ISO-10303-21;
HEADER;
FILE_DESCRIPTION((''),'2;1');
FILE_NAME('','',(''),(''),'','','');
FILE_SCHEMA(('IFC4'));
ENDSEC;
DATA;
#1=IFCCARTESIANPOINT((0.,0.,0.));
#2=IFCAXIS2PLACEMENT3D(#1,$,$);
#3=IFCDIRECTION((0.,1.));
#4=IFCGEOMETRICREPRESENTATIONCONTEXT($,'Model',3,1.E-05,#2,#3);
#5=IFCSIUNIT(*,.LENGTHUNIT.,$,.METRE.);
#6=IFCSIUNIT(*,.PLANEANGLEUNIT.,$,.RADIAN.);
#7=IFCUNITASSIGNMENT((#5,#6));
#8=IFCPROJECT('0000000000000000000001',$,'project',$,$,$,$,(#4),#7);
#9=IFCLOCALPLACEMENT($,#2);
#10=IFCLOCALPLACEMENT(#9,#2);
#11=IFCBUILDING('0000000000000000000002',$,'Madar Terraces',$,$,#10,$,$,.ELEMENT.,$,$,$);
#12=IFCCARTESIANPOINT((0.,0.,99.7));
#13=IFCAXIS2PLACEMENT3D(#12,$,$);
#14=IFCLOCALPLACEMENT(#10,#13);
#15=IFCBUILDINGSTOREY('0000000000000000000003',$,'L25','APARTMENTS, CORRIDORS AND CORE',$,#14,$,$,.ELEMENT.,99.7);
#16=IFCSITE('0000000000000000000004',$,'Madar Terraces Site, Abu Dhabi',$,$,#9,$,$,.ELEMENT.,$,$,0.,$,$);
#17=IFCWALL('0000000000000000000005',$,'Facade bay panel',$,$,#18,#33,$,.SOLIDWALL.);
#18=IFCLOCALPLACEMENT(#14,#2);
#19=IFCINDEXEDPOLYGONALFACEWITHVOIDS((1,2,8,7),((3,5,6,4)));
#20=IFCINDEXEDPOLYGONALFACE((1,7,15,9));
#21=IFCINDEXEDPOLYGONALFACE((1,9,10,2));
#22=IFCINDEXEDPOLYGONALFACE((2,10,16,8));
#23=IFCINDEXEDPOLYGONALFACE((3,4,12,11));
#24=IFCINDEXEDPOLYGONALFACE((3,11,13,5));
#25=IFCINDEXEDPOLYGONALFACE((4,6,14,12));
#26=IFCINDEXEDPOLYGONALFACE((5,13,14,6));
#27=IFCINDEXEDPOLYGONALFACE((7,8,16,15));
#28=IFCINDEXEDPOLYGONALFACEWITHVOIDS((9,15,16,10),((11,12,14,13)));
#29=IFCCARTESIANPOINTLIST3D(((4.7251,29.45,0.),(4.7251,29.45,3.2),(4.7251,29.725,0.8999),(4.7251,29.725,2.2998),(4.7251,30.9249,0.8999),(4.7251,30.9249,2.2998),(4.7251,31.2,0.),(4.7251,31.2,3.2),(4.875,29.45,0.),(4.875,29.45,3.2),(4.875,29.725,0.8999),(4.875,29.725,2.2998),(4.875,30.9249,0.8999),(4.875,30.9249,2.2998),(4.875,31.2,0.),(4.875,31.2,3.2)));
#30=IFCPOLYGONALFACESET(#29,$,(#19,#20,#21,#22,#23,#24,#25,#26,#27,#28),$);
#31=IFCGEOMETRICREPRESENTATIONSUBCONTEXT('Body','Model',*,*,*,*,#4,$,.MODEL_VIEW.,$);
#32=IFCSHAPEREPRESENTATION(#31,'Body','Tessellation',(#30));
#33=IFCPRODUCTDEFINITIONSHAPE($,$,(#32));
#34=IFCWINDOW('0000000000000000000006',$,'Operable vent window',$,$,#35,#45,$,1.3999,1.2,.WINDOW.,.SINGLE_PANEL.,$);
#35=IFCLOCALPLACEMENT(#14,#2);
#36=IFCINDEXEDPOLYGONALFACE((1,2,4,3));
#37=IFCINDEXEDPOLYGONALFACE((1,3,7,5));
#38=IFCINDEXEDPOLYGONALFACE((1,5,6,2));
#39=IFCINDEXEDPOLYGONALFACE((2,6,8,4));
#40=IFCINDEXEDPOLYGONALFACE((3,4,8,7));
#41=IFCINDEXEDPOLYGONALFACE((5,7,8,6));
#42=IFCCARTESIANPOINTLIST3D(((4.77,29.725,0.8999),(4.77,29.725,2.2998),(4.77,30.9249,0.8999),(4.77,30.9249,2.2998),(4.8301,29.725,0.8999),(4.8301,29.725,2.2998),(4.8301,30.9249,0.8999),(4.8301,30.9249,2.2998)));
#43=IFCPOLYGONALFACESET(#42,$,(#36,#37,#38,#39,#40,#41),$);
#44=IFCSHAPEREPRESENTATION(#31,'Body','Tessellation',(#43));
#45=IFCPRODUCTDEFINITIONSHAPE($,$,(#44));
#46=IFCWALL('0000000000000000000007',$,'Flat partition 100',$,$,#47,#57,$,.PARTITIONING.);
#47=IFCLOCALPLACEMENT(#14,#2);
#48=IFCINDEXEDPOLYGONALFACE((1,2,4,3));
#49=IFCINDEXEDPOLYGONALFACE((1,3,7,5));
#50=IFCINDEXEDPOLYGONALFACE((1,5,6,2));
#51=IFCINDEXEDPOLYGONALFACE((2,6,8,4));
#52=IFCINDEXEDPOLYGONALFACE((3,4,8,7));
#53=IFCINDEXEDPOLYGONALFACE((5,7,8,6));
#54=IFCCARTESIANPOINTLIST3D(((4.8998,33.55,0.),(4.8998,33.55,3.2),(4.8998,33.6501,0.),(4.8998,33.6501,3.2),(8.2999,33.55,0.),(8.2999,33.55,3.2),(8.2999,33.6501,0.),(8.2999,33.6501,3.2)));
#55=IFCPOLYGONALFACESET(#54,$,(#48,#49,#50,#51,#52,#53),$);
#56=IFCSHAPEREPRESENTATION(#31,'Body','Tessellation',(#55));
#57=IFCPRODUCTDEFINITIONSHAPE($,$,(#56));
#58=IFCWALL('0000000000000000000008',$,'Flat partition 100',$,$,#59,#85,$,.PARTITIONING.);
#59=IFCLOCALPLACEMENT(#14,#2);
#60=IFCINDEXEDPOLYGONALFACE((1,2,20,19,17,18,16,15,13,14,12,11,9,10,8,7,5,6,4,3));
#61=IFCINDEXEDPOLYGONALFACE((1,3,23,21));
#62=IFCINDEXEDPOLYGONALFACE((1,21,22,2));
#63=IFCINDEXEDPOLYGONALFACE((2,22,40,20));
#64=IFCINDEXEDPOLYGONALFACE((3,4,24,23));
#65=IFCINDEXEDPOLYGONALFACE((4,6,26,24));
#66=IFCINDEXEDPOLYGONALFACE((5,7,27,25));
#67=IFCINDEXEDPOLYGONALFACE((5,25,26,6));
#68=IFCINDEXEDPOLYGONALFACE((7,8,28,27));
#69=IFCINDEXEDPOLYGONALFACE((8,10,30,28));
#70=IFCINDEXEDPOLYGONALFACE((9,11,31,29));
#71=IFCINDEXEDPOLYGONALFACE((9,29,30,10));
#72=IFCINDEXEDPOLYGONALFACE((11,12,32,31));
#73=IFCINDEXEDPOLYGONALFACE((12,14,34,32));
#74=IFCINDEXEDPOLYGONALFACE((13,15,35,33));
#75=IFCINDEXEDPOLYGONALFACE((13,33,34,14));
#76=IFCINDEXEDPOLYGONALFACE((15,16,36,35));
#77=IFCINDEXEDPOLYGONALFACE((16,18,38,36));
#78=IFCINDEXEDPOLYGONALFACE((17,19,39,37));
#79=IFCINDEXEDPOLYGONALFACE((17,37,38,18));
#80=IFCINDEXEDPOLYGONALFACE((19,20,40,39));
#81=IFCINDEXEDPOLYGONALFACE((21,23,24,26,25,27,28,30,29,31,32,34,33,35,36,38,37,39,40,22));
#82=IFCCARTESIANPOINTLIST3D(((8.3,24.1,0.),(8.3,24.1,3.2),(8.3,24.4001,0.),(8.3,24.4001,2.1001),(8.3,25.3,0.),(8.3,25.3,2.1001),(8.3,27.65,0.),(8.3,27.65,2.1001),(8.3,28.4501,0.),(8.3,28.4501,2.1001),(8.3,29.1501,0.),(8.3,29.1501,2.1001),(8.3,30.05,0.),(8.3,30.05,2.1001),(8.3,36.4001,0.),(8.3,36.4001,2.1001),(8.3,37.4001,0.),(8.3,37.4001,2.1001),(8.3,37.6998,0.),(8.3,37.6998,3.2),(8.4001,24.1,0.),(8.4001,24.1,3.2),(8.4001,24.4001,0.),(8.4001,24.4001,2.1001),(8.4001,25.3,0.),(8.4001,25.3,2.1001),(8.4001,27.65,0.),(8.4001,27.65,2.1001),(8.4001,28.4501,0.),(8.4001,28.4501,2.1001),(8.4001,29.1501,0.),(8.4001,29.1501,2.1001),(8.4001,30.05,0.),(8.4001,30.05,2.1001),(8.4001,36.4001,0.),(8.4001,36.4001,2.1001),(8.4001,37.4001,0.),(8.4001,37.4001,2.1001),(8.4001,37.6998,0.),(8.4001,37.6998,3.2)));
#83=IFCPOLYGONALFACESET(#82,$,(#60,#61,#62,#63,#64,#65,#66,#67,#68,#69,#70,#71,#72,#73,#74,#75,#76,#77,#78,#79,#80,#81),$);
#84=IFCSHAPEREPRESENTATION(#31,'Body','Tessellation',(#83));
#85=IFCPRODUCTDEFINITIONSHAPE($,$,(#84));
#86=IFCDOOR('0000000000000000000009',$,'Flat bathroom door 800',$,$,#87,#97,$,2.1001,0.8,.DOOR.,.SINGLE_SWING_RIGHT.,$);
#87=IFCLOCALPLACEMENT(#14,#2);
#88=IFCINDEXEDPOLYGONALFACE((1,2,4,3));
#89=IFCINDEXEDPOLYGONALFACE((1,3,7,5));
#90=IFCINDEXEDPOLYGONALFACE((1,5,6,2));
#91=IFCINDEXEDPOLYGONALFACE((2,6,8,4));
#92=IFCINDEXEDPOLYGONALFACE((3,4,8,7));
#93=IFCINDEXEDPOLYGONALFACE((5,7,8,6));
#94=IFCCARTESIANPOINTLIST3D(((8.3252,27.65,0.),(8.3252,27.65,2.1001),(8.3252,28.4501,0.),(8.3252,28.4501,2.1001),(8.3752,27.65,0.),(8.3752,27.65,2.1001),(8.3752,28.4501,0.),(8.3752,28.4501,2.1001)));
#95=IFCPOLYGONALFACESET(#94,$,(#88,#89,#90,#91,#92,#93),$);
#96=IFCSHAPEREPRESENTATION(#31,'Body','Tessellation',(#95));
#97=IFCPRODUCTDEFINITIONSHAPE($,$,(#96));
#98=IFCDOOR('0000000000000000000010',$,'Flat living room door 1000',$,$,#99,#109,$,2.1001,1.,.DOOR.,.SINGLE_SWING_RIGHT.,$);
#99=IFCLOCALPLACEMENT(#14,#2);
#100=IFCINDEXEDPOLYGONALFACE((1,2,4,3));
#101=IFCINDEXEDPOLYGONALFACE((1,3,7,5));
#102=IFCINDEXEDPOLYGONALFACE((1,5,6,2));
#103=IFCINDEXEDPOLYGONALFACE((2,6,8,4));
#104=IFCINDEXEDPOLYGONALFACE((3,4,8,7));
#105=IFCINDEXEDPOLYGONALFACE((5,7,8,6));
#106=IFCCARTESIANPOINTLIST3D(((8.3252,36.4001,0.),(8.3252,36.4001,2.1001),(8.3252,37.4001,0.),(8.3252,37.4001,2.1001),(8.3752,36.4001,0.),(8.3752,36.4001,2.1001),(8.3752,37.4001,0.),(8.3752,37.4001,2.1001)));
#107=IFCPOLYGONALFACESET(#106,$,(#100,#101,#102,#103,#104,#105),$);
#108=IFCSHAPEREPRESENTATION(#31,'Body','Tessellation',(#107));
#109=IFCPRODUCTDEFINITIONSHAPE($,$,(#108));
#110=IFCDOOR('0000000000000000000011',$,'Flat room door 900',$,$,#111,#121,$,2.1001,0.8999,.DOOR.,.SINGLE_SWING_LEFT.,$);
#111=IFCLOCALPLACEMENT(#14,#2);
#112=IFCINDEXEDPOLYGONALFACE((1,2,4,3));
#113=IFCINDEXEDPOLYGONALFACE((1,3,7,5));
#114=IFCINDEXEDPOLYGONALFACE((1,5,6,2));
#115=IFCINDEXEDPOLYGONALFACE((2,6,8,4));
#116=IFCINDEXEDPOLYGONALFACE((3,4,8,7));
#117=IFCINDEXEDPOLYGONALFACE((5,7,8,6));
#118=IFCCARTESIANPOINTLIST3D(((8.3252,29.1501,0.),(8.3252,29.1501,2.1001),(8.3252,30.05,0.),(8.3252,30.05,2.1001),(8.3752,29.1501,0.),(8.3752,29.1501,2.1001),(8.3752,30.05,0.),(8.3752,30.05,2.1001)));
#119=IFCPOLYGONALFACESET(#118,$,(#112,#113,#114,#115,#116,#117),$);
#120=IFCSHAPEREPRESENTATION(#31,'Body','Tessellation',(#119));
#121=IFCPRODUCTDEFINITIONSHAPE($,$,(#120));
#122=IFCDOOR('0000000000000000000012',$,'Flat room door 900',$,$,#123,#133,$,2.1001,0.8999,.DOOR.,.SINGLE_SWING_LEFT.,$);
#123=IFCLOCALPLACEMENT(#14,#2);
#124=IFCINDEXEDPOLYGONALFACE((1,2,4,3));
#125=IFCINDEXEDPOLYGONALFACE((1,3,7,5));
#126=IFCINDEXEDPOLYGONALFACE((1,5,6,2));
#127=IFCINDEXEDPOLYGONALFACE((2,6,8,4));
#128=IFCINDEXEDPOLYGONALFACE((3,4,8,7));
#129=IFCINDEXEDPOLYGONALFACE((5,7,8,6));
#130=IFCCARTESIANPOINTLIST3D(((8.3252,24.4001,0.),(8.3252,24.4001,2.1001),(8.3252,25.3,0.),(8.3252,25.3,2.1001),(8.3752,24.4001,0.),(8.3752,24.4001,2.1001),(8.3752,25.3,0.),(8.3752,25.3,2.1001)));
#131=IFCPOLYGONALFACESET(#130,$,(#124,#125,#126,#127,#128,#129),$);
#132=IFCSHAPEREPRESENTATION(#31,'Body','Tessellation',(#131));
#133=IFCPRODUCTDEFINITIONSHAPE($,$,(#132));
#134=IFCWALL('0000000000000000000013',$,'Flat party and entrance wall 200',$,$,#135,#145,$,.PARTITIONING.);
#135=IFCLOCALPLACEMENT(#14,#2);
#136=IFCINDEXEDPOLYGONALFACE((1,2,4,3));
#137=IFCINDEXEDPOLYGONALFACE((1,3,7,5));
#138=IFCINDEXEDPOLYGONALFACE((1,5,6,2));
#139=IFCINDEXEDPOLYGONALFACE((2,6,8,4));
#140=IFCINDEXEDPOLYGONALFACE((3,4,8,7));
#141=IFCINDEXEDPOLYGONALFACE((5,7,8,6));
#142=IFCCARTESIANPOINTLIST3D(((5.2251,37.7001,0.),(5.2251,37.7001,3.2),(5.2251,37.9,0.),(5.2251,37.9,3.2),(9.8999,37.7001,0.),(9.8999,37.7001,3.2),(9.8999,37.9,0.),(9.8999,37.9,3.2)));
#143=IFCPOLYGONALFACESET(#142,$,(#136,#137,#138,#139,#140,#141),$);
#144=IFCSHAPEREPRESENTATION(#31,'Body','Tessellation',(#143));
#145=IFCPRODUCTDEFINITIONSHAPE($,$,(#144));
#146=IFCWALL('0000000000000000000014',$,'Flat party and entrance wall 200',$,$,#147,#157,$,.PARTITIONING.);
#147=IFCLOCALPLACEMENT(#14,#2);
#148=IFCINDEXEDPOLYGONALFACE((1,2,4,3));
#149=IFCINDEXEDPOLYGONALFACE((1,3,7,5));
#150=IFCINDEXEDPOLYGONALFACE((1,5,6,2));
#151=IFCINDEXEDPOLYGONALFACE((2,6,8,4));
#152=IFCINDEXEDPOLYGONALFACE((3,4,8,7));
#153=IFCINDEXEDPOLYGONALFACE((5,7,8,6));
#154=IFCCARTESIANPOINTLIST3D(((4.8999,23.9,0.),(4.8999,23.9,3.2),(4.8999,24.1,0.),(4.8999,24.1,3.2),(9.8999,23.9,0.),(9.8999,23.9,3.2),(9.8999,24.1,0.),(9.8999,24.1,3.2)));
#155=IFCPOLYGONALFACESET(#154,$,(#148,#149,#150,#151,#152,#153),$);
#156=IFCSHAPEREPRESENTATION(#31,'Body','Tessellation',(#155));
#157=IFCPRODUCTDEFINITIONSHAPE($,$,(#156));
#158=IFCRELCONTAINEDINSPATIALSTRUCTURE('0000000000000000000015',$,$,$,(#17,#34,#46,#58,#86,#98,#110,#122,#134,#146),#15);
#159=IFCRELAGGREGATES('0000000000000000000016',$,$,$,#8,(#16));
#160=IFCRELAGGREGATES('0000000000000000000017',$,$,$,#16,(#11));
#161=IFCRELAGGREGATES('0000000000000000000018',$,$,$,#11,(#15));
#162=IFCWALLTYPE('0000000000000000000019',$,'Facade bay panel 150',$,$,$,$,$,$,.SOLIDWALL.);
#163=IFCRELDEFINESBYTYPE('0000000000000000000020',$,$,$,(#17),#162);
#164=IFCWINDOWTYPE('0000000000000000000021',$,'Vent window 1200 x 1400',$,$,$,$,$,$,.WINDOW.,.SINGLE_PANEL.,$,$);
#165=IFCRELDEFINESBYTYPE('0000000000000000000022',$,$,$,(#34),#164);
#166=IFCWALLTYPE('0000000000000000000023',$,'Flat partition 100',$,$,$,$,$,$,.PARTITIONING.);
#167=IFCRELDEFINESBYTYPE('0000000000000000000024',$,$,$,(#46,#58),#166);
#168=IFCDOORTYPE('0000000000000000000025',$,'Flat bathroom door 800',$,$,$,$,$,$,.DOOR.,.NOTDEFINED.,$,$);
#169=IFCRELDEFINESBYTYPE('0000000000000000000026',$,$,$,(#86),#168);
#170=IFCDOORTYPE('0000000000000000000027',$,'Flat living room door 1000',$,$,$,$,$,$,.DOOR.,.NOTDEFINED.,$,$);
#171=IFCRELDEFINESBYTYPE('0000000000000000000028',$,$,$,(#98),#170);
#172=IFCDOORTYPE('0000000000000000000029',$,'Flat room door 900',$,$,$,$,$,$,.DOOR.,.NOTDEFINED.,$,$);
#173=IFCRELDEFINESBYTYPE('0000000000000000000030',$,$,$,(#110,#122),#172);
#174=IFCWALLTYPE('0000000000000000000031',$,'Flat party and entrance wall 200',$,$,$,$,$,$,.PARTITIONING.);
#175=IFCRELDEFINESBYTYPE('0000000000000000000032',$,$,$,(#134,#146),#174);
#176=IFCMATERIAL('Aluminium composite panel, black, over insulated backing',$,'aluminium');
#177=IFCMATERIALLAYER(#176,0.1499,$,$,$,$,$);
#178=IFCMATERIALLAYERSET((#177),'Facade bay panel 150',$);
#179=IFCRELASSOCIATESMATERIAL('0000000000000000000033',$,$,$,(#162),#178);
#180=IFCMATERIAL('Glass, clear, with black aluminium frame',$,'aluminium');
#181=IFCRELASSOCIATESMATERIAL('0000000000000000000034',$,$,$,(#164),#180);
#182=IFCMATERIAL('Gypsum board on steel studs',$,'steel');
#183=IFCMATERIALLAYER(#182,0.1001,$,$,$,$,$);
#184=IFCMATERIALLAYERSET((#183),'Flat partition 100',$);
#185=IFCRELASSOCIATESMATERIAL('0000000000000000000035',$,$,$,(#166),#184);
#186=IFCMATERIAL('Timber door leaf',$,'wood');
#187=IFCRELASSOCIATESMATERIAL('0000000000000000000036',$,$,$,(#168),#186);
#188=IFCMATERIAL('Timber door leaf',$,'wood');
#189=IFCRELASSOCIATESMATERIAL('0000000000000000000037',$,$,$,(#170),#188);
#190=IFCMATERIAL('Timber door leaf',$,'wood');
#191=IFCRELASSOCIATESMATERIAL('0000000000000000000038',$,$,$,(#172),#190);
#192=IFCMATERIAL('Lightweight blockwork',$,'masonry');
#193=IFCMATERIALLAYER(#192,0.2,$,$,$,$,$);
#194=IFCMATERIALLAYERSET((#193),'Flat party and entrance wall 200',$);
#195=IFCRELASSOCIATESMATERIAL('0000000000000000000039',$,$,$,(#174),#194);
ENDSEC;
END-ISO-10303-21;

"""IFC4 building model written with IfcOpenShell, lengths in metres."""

from ifc_helpers import new_model, si_unit, direction, frame, frame_2d, origin, place, context, subcontext, project, spatial, rectangle, extrude, material, layer, layer_set, type_object, element, fill, save


model = new_model("IFC4")

# Units and contexts
model_context = context("Model", 3, precision=1e-05, world=origin(), true_north=direction((0.0, 1.0)))
body_context = subcontext(model_context, "Body", "Model", "MODEL_VIEW")
ifc_project = project(units=[si_unit("LENGTHUNIT", "METRE"), si_unit("PLANEANGLEUNIT", "RADIAN")], contexts=[model_context])

# Site, building, storey
site_placement = place(None, origin())
site = spatial("IfcSite", under=ifc_project, at=site_placement, Name="Madar Terraces Site, Abu Dhabi", CompositionType="ELEMENT", RefElevation=0.0)
building_placement = place(site_placement, origin())
building = spatial("IfcBuilding", under=site, at=building_placement, Name="Madar Terraces", CompositionType="ELEMENT")
storey_placement = place(building_placement, frame((0.0, 0.0, 99.7)))
storey = spatial("IfcBuildingStorey", under=building, at=storey_placement, Name="L25", Description="APARTMENTS, CORRIDORS AND CORE", CompositionType="ELEMENT", Elevation=99.7)

# Wall, opening, window
ifc_material_1 = material(Name="Aluminium composite panel, black, over insulated backing", Category="aluminium")
ifc_layer_1 = layer(ifc_material_1, 0.1499)
ifc_layer_set_1 = layer_set([ifc_layer_1], Name="Facade bay panel 150")
wall_type_1 = type_object("IfcWallType", Name="Facade bay panel 150", PredefinedType="SOLIDWALL", material=ifc_layer_set_1)
ifc_material_2 = material(Name="Glass, clear, with black aluminium frame", Category="aluminium")
window_type = type_object("IfcWindowType", Name="Vent window 1200 x 1400", PartitioningType="SINGLE_PANEL", PredefinedType="WINDOW", material=ifc_material_2)
wall_1_placement = place(storey_placement, frame((4.8, 31.2, 0.0), z_axis=(0.0, 0.0, 1.0), x_axis=(0.0, -1.0, 0.0)))
wall_1 = element("IfcWall", 1, at=wall_1_placement, inside=storey, type_object=wall_type_1, Name="Facade bay panel", PredefinedType="SOLIDWALL", context=body_context, shape_type="SweptSolid", body=[
    extrude(rectangle(XDim=1.75, YDim=0.1499, at=frame_2d((0.875, 0.0))), origin(), (0.0, 0.0, 1.0), 3.2),
])
opening_1_placement = place(wall_1_placement, frame((0.2749, 0.0, 0.8999)))
opening_1 = element("IfcOpeningElement", 2, at=opening_1_placement, cuts=wall_1, PredefinedType="OPENING", context=body_context, shape_type="SweptSolid", body=[
    extrude(rectangle(XDim=1.2, YDim=1.3999, at=frame_2d((0.6001, 0.7))), frame((0.0, 0.085, 0.0), z_axis=(0.0, -1.0, 0.0), x_axis=(1.0, 0.0, 0.0)), (0.0, 0.0, 1.0), 0.1699),
])
window_1_placement = place(opening_1_placement, origin())
window_1 = element("IfcWindow", 3, at=window_1_placement, inside=storey, type_object=window_type, Name="Operable vent window", OverallHeight=1.3999, OverallWidth=1.2, PartitioningType="SINGLE_PANEL", PredefinedType="WINDOW", context=body_context, shape_type="SweptSolid", body=[
    extrude(rectangle(XDim=1.2, YDim=1.3999, at=frame_2d((0.6001, 0.7))), frame((0.0, 0.03, 0.0), z_axis=(0.0, -1.0, 0.0), x_axis=(1.0, 0.0, 0.0)), (0.0, 0.0, 1.0), 0.0601),
])
fill(opening_1, window_1)

# Wall
ifc_material_3 = material(Name="Gypsum board on steel studs", Category="steel")
ifc_layer_2 = layer(ifc_material_3, 0.1001)
ifc_layer_set_2 = layer_set([ifc_layer_2], Name="Flat partition 100")
wall_type_2 = type_object("IfcWallType", Name="Flat partition 100", PredefinedType="PARTITIONING", material=ifc_layer_set_2)
wall_2_placement = place(storey_placement, frame((8.3, 33.6001, 0.0), z_axis=(0.0, 0.0, 1.0), x_axis=(-1.0, 0.0, 0.0)))
element("IfcWall", 4, at=wall_2_placement, inside=storey, type_object=wall_type_2, Name="Flat partition 100", PredefinedType="PARTITIONING", context=body_context, shape_type="SweptSolid", body=[
    extrude(rectangle(XDim=3.4001, YDim=0.1001, at=frame_2d((1.7002, 0.0))), origin(), (0.0, 0.0, 1.0), 3.2),
])

# Wall, openings, doors
wall_3_placement = place(storey_placement, frame((8.3501, 24.1001, 0.0), z_axis=(0.0, 0.0, 1.0), x_axis=(0.0, 1.0, 0.0)))
wall_3 = element("IfcWall", 5, at=wall_3_placement, inside=storey, type_object=wall_type_2, Name="Flat partition 100", PredefinedType="PARTITIONING", context=body_context, shape_type="SweptSolid", body=[
    extrude(rectangle(XDim=13.5999, YDim=0.1001, at=frame_2d((6.7998, 0.0))), origin(), (0.0, 0.0, 1.0), 3.2),
])
opening_2_placement = place(wall_3_placement, frame((12.3, 0.0, 0.0)))
opening_2 = element("IfcOpeningElement", 6, at=opening_2_placement, cuts=wall_3, PredefinedType="OPENING", context=body_context, shape_type="SweptSolid", body=[
    extrude(rectangle(XDim=1.0, YDim=2.1001, at=frame_2d((0.5, 1.05))), frame((0.0, 0.0601, 0.0), z_axis=(0.0, -1.0, 0.0), x_axis=(1.0, 0.0, 0.0)), (0.0, 0.0, 1.0), 0.1201),
])
opening_3_placement = place(wall_3_placement, frame((5.05, 0.0, 0.0)))
opening_3 = element("IfcOpeningElement", 7, at=opening_3_placement, cuts=wall_3, PredefinedType="OPENING", context=body_context, shape_type="SweptSolid", body=[
    extrude(rectangle(XDim=0.8999, YDim=2.1001, at=frame_2d((0.45, 1.05))), frame((0.0, 0.0601, 0.0), z_axis=(0.0, -1.0, 0.0), x_axis=(1.0, 0.0, 0.0)), (0.0, 0.0, 1.0), 0.1201),
])
opening_4_placement = place(wall_3_placement, frame((3.55, 0.0, 0.0)))
opening_4 = element("IfcOpeningElement", 8, at=opening_4_placement, cuts=wall_3, PredefinedType="OPENING", context=body_context, shape_type="SweptSolid", body=[
    extrude(rectangle(XDim=0.8, YDim=2.1001, at=frame_2d((0.3999, 1.05))), frame((0.0, 0.0601, 0.0), z_axis=(0.0, -1.0, 0.0), x_axis=(1.0, 0.0, 0.0)), (0.0, 0.0, 1.0), 0.1201),
])
opening_5_placement = place(wall_3_placement, frame((0.3, 0.0, 0.0)))
opening_5 = element("IfcOpeningElement", 9, at=opening_5_placement, cuts=wall_3, PredefinedType="OPENING", context=body_context, shape_type="SweptSolid", body=[
    extrude(rectangle(XDim=0.8999, YDim=2.1001, at=frame_2d((0.45, 1.05))), frame((0.0, 0.0601, 0.0), z_axis=(0.0, -1.0, 0.0), x_axis=(1.0, 0.0, 0.0)), (0.0, 0.0, 1.0), 0.1201),
])
ifc_material_4 = material(Name="Timber door leaf", Category="wood")
door_type_1 = type_object("IfcDoorType", Name="Flat bathroom door 800", OperationType="NOTDEFINED", PredefinedType="DOOR", material=ifc_material_4)
door_1_placement = place(opening_4_placement, origin())
door_1 = element("IfcDoor", 10, at=door_1_placement, inside=storey, type_object=door_type_1, Name="Flat bathroom door 800", OperationType="SINGLE_SWING_RIGHT", OverallHeight=2.1001, OverallWidth=0.8, PredefinedType="DOOR", context=body_context, shape_type="SweptSolid", body=[
    extrude(rectangle(XDim=0.8, YDim=2.1001, at=frame_2d((0.3999, 1.05))), frame((0.0, 0.0249, 0.0), z_axis=(0.0, -1.0, 0.0), x_axis=(1.0, 0.0, 0.0)), (0.0, 0.0, 1.0), 0.05),
])
fill(opening_4, door_1)
ifc_material_5 = material(Name="Timber door leaf", Category="wood")
door_type_2 = type_object("IfcDoorType", Name="Flat living room door 1000", OperationType="NOTDEFINED", PredefinedType="DOOR", material=ifc_material_5)
door_2_placement = place(opening_2_placement, origin())
door_2 = element("IfcDoor", 11, at=door_2_placement, inside=storey, type_object=door_type_2, Name="Flat living room door 1000", OperationType="SINGLE_SWING_RIGHT", OverallHeight=2.1001, OverallWidth=1.0, PredefinedType="DOOR", context=body_context, shape_type="SweptSolid", body=[
    extrude(rectangle(XDim=1.0, YDim=2.1001, at=frame_2d((0.5, 1.05))), frame((0.0, 0.0249, 0.0), z_axis=(0.0, -1.0, 0.0), x_axis=(1.0, 0.0, 0.0)), (0.0, 0.0, 1.0), 0.05),
])
fill(opening_2, door_2)
ifc_material_6 = material(Name="Timber door leaf", Category="wood")
door_type_3 = type_object("IfcDoorType", Name="Flat room door 900", OperationType="NOTDEFINED", PredefinedType="DOOR", material=ifc_material_6)
door_3_placement = place(opening_3_placement, origin())
door_3 = element("IfcDoor", 12, at=door_3_placement, inside=storey, type_object=door_type_3, Name="Flat room door 900", OperationType="SINGLE_SWING_LEFT", OverallHeight=2.1001, OverallWidth=0.8999, PredefinedType="DOOR", context=body_context, shape_type="SweptSolid", body=[
    extrude(rectangle(XDim=0.8999, YDim=2.1001, at=frame_2d((0.45, 1.05))), frame((0.0, 0.0249, 0.0), z_axis=(0.0, -1.0, 0.0), x_axis=(1.0, 0.0, 0.0)), (0.0, 0.0, 1.0), 0.05),
])
fill(opening_3, door_3)
door_4_placement = place(opening_5_placement, origin())
door_4 = element("IfcDoor", 13, at=door_4_placement, inside=storey, type_object=door_type_3, Name="Flat room door 900", OperationType="SINGLE_SWING_LEFT", OverallHeight=2.1001, OverallWidth=0.8999, PredefinedType="DOOR", context=body_context, shape_type="SweptSolid", body=[
    extrude(rectangle(XDim=0.8999, YDim=2.1001, at=frame_2d((0.45, 1.05))), frame((0.0, 0.0249, 0.0), z_axis=(0.0, -1.0, 0.0), x_axis=(1.0, 0.0, 0.0)), (0.0, 0.0, 1.0), 0.05),
])
fill(opening_5, door_4)

# Walls
ifc_material_7 = material(Name="Lightweight blockwork", Category="masonry")
ifc_layer_3 = layer(ifc_material_7, 0.2)
ifc_layer_set_3 = layer_set([ifc_layer_3], Name="Flat party and entrance wall 200")
wall_type_3 = type_object("IfcWallType", Name="Flat party and entrance wall 200", PredefinedType="PARTITIONING", material=ifc_layer_set_3)
wall_4_placement = place(storey_placement, frame((5.2251, 37.8, 0.0), z_axis=(0.0, 0.0, 1.0), x_axis=(1.0, 0.0, 0.0)))
element("IfcWall", 14, at=wall_4_placement, inside=storey, type_object=wall_type_3, Name="Flat party and entrance wall 200", PredefinedType="PARTITIONING", context=body_context, shape_type="SweptSolid", body=[
    extrude(rectangle(XDim=4.6748, YDim=0.2, at=frame_2d((2.3374, 0.0))), origin(), (0.0, 0.0, 1.0), 3.2),
])
wall_5_placement = place(storey_placement, frame((4.8999, 24.0, 0.0), z_axis=(0.0, 0.0, 1.0), x_axis=(1.0, 0.0, 0.0)))
element("IfcWall", 15, at=wall_5_placement, inside=storey, type_object=wall_type_3, Name="Flat party and entrance wall 200", PredefinedType="PARTITIONING", context=body_context, shape_type="SweptSolid", body=[
    extrude(rectangle(XDim=5.0, YDim=0.2, at=frame_2d((2.5, 0.0))), origin(), (0.0, 0.0, 1.0), 3.2),
])

save(model, "model.ifc")
